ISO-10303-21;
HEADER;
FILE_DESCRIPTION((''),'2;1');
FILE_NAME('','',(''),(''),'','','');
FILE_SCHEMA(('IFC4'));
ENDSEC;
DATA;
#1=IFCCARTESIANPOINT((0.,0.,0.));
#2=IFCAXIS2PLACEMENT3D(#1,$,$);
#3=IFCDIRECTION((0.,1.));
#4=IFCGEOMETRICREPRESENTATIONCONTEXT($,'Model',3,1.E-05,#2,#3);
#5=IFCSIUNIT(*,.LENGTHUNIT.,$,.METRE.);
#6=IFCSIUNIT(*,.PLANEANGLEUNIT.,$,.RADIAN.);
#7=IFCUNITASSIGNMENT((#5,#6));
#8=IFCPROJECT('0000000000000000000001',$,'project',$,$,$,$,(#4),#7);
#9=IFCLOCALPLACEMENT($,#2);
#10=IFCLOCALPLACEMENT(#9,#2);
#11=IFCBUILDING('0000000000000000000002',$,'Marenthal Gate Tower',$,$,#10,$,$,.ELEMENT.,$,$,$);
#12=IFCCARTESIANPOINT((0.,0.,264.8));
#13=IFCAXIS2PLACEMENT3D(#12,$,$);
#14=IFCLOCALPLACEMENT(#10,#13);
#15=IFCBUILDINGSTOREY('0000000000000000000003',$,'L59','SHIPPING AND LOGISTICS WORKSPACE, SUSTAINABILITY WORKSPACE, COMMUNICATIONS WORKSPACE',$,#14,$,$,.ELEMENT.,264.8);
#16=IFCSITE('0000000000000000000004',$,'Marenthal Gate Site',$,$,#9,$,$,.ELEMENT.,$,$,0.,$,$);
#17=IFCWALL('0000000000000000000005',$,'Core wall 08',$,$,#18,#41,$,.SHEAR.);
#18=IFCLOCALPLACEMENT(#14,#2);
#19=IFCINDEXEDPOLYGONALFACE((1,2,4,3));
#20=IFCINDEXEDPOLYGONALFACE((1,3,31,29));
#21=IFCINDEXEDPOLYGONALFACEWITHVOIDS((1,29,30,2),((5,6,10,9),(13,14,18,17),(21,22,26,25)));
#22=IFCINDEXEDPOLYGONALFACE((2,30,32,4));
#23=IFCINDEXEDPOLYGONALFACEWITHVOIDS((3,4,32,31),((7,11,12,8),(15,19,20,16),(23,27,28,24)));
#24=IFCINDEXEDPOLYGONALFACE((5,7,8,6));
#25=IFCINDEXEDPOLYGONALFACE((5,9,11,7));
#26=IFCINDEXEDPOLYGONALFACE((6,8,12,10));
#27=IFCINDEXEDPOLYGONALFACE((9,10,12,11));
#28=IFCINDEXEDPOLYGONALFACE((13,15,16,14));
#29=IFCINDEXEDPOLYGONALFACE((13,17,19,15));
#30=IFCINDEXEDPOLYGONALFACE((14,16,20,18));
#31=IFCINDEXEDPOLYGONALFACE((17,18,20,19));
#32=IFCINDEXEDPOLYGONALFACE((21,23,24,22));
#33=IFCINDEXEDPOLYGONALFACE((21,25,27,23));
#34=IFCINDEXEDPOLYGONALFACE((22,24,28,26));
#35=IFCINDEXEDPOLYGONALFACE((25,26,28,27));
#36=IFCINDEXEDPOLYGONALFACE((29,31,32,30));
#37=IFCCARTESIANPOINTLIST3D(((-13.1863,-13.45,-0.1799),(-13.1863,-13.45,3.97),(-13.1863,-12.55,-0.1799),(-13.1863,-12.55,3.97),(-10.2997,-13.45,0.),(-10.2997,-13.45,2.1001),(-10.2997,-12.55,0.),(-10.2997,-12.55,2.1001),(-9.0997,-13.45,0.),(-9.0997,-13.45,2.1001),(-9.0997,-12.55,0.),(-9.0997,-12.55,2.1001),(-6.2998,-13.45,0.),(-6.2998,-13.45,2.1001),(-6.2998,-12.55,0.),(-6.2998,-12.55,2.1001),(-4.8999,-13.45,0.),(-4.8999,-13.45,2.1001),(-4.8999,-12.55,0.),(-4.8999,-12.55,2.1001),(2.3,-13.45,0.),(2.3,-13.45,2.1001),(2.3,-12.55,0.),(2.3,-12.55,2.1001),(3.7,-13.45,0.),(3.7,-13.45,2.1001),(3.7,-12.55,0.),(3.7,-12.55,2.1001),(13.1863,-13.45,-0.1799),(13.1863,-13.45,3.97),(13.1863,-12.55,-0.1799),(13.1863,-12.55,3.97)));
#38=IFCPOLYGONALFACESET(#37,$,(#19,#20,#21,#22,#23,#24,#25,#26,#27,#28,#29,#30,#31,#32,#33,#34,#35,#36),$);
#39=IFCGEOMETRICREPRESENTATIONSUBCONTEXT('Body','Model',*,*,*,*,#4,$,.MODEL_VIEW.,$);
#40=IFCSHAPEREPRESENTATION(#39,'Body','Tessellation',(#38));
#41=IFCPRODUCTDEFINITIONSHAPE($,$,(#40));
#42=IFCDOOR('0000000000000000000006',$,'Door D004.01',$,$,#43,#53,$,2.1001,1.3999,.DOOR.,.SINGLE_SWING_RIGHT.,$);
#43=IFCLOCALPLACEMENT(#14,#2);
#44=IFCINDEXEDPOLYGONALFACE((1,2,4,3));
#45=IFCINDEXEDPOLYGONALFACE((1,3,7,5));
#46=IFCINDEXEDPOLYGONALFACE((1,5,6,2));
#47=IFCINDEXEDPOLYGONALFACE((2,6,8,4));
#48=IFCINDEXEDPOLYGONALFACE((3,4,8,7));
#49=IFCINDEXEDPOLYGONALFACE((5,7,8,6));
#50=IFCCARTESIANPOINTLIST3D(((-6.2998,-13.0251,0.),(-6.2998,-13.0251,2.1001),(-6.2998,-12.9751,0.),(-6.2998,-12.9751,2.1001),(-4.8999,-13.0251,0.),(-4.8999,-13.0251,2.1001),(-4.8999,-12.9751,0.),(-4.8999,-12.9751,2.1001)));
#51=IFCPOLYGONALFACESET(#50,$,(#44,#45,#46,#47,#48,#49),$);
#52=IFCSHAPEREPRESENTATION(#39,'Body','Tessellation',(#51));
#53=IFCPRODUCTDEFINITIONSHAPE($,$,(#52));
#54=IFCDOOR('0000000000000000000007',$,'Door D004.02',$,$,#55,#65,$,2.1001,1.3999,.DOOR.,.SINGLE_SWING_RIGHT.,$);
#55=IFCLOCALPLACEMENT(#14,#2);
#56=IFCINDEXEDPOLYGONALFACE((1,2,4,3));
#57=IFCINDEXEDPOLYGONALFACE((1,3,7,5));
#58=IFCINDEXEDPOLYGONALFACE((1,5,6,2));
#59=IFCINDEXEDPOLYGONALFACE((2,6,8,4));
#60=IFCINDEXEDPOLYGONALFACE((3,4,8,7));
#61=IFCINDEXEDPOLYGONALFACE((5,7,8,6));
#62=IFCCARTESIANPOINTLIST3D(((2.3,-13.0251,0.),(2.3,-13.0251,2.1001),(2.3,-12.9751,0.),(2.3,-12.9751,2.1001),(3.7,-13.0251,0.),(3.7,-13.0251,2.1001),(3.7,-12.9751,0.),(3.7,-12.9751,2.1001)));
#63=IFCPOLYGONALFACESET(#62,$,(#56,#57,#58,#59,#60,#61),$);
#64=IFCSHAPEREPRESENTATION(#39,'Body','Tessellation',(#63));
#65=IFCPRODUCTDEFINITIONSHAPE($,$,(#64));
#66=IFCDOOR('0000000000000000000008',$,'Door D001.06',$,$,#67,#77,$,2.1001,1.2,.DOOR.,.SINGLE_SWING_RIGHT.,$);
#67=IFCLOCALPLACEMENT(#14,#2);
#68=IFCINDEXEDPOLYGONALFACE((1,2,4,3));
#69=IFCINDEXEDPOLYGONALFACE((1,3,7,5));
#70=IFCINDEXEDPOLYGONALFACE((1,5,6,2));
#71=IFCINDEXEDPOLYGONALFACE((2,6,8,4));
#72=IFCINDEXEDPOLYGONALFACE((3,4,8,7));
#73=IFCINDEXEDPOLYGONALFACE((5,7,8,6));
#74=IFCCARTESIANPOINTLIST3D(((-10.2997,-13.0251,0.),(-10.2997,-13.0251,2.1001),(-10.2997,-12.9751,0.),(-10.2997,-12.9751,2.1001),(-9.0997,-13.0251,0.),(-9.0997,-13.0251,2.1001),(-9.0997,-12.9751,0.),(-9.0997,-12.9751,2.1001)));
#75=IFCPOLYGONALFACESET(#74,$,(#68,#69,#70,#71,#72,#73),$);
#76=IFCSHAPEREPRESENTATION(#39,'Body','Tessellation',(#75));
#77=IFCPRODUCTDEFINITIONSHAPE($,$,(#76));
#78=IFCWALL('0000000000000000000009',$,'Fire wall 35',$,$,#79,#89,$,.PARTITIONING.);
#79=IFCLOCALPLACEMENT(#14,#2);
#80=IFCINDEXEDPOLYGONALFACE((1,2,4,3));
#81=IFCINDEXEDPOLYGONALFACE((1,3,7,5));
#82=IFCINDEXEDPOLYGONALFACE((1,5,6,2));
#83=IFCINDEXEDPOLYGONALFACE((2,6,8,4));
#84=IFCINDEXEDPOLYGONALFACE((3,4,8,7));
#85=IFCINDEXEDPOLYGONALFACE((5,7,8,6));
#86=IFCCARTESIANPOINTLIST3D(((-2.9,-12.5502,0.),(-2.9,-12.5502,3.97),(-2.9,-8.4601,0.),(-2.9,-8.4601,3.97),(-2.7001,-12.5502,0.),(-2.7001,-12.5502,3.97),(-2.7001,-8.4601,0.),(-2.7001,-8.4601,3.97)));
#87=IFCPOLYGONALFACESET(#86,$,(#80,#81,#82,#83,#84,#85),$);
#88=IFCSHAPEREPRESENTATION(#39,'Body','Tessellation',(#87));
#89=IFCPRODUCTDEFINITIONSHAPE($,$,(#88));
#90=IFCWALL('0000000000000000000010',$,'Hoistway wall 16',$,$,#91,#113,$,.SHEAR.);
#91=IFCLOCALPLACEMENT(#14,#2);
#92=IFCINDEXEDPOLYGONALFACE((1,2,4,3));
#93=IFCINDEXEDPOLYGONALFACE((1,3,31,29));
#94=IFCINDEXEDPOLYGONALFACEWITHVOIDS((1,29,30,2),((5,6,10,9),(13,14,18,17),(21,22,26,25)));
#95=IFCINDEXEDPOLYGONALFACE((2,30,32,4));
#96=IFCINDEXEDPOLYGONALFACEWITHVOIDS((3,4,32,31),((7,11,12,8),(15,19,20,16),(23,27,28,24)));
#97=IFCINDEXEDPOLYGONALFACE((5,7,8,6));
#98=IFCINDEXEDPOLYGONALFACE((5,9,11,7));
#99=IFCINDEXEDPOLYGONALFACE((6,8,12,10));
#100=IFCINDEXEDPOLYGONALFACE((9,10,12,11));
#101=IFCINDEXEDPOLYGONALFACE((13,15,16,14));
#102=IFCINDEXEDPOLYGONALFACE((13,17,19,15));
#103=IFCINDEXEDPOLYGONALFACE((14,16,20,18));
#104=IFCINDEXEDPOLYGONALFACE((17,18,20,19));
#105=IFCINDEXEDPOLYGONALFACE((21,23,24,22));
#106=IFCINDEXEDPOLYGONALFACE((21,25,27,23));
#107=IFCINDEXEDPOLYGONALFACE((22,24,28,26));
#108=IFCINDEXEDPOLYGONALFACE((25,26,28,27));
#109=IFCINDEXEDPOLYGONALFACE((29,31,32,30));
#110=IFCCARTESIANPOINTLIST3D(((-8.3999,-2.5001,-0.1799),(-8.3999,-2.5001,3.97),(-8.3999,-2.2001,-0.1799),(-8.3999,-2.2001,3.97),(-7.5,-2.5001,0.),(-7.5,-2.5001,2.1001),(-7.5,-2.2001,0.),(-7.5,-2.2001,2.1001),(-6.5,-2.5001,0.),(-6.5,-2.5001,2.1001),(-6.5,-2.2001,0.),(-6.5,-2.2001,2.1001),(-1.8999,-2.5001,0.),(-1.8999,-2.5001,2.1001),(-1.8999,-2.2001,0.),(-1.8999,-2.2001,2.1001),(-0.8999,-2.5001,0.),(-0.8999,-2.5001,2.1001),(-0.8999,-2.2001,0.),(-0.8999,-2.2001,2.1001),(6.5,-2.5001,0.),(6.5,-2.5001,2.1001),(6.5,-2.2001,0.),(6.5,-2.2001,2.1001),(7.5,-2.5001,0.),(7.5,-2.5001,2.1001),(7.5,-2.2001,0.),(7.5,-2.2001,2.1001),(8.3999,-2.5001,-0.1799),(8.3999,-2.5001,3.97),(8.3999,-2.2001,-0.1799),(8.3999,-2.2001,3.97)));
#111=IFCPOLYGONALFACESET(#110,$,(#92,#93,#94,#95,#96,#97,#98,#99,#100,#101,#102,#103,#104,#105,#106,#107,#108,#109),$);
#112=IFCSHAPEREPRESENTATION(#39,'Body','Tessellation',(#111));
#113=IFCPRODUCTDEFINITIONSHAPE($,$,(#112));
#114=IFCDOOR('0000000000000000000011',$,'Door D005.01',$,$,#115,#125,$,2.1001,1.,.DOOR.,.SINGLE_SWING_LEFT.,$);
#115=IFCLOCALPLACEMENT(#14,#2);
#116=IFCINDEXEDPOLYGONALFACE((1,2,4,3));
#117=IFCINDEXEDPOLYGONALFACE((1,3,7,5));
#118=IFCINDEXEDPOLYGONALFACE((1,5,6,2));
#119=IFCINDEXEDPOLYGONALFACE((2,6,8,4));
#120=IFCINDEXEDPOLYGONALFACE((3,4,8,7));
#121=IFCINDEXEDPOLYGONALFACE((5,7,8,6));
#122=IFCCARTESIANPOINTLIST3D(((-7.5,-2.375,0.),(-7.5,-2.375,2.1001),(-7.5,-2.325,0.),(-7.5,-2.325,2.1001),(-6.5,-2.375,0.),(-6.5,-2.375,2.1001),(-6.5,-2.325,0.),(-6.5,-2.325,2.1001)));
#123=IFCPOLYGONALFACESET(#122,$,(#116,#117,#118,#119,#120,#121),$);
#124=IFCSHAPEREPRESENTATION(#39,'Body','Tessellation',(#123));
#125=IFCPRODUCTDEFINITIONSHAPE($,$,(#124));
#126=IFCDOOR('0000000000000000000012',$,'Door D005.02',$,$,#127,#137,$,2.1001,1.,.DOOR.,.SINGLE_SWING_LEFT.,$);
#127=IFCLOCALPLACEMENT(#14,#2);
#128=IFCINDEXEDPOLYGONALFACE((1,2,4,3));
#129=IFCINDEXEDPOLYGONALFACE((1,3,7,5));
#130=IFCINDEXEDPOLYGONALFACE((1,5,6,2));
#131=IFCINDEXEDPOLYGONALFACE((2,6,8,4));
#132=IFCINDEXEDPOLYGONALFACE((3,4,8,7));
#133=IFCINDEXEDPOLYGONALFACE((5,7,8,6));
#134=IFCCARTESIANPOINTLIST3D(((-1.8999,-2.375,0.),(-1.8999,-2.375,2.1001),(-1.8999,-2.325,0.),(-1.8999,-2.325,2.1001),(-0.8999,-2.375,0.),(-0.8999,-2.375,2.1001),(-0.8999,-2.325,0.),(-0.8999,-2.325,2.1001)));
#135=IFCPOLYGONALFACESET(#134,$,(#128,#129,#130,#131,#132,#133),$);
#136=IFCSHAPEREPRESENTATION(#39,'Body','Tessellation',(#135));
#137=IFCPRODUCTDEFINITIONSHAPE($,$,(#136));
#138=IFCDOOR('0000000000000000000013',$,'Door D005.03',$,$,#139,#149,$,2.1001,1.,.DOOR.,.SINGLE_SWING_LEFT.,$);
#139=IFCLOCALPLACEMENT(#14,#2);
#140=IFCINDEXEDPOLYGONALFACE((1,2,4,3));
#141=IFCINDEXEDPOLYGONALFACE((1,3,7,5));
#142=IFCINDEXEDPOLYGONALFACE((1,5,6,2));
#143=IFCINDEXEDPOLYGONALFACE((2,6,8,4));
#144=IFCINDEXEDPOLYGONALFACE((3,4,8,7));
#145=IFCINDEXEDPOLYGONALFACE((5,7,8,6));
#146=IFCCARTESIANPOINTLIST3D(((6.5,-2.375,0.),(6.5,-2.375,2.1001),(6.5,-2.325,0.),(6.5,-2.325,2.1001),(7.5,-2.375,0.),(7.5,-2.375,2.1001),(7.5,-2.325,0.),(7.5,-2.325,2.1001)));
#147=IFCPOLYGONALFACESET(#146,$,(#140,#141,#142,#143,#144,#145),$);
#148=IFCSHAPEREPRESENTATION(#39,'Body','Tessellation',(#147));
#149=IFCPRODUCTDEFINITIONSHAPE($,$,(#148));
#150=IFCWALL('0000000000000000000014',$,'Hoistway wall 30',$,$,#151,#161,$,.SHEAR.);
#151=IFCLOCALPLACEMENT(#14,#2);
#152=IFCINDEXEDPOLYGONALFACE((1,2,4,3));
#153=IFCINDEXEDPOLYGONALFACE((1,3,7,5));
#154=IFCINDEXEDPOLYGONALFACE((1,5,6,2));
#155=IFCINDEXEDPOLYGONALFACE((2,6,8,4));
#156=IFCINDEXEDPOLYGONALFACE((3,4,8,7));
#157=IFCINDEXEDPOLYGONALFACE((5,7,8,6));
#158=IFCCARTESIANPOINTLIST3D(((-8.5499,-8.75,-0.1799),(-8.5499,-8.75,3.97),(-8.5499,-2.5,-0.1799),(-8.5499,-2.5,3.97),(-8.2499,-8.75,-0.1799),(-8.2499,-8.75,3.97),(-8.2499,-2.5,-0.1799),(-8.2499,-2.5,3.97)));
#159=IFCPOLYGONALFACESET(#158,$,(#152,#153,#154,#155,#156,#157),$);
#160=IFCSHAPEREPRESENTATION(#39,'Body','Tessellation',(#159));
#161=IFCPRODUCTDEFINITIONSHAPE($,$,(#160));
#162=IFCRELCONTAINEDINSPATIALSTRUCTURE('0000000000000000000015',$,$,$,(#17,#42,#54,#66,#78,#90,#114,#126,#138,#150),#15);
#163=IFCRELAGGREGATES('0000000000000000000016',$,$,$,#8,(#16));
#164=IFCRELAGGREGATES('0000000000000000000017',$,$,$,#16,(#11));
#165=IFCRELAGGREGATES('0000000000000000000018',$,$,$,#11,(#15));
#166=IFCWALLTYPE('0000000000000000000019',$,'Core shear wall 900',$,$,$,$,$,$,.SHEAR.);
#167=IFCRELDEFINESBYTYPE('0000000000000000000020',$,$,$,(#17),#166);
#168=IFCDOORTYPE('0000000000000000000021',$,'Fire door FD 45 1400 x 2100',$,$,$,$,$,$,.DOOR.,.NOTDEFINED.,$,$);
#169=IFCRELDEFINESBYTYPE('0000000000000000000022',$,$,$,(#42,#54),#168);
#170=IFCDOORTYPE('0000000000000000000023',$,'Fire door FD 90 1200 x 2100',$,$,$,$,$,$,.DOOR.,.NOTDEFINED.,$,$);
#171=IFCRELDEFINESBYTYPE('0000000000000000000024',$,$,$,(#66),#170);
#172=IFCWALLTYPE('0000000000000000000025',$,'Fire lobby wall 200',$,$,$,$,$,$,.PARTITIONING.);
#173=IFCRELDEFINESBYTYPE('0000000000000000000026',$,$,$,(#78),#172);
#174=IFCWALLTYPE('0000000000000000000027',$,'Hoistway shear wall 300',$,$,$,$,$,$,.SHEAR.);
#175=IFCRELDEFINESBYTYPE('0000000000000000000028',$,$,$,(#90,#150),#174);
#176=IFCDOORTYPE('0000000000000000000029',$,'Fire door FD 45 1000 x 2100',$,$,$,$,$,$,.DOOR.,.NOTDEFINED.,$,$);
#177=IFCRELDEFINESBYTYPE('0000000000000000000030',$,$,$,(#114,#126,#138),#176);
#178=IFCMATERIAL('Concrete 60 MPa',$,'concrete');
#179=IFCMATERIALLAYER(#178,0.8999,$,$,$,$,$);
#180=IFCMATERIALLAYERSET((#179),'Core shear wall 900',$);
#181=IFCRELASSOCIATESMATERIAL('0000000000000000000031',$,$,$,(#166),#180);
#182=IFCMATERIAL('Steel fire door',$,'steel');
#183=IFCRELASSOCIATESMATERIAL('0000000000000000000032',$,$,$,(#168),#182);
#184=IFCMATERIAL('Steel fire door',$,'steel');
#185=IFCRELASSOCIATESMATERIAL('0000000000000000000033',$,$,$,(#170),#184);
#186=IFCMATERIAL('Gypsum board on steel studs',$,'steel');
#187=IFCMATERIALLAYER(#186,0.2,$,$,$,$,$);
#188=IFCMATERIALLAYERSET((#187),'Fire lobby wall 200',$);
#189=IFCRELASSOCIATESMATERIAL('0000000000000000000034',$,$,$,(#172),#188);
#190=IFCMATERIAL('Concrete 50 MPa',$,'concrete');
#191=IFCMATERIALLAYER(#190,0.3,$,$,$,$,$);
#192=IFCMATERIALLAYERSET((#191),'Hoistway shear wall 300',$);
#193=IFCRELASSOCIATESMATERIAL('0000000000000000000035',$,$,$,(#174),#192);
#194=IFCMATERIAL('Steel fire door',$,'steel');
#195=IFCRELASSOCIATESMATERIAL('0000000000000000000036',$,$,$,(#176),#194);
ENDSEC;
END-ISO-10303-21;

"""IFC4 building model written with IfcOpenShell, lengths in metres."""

from ifc_helpers import new_model, si_unit, direction, frame, frame_2d, origin, place, context, subcontext, project, spatial, rectangle, extrude, material, layer, layer_set, type_object, element, fill, save


model = new_model("IFC4")

# Units and contexts
model_context = context("Model", 3, precision=1e-05, world=origin(), true_north=direction((0.0, 1.0)))
body_context = subcontext(model_context, "Body", "Model", "MODEL_VIEW")
ifc_project = project(units=[si_unit("LENGTHUNIT", "METRE"), si_unit("PLANEANGLEUNIT", "RADIAN")], contexts=[model_context])

# Site, building, storey
site_placement = place(None, origin())
site = spatial("IfcSite", under=ifc_project, at=site_placement, Name="Marenthal Gate Site", CompositionType="ELEMENT", RefElevation=0.0)
building_placement = place(site_placement, origin())
building = spatial("IfcBuilding", under=site, at=building_placement, Name="Marenthal Gate Tower", CompositionType="ELEMENT")
storey_placement = place(building_placement, frame((0.0, 0.0, 264.8)))
storey = spatial("IfcBuildingStorey", under=building, at=storey_placement, Name="L59", Description="SHIPPING AND LOGISTICS WORKSPACE, SUSTAINABILITY WORKSPACE, COMMUNICATIONS WORKSPACE", CompositionType="ELEMENT", Elevation=264.8)

# Wall, openings, doors
ifc_material_1 = material(Name="Concrete 60 MPa", Category="concrete")
ifc_layer_1 = layer(ifc_material_1, 0.8999)
ifc_layer_set_1 = layer_set([ifc_layer_1], Name="Core shear wall 900")
wall_type_1 = type_object("IfcWallType", Name="Core shear wall 900", PredefinedType="SHEAR", material=ifc_layer_set_1)
wall_1_placement = place(storey_placement, frame((-13.1863, -13.0, -0.1799), z_axis=(0.0, 0.0, 1.0), x_axis=(1.0, 0.0, 0.0)))
wall_1 = element("IfcWall", 1, at=wall_1_placement, inside=storey, type_object=wall_type_1, Name="Core wall 08", PredefinedType="SHEAR", context=body_context, shape_type="SweptSolid", body=[
    extrude(rectangle(XDim=26.3726, YDim=0.8999, at=frame_2d((13.1863, 0.0))), origin(), (0.0, 0.0, 1.0), 4.1499),
])
opening_1_placement = place(wall_1_placement, frame((2.8865, 0.0, 0.1799)))
opening_1 = element("IfcOpeningElement", 2, at=opening_1_placement, cuts=wall_1, PredefinedType="OPENING", context=body_context, shape_type="SweptSolid", body=[
    extrude(rectangle(XDim=1.2, YDim=2.1001, at=frame_2d((0.6001, 1.05))), frame((0.0, 0.46, 0.0), z_axis=(0.0, -1.0, 0.0), x_axis=(1.0, 0.0, 0.0)), (0.0, 0.0, 1.0), 0.9199),
])
opening_2_placement = place(wall_1_placement, frame((6.8865, 0.0, 0.1799)))
opening_2 = element("IfcOpeningElement", 3, at=opening_2_placement, cuts=wall_1, PredefinedType="OPENING", context=body_context, shape_type="SweptSolid", body=[
    extrude(rectangle(XDim=1.3999, YDim=2.1001, at=frame_2d((0.7, 1.05))), frame((0.0, 0.46, 0.0), z_axis=(0.0, -1.0, 0.0), x_axis=(1.0, 0.0, 0.0)), (0.0, 0.0, 1.0), 0.9199),
])
opening_3_placement = place(wall_1_placement, frame((15.4863, 0.0, 0.1799)))
opening_3 = element("IfcOpeningElement", 4, at=opening_3_placement, cuts=wall_1, PredefinedType="OPENING", context=body_context, shape_type="SweptSolid", body=[
    extrude(rectangle(XDim=1.3999, YDim=2.1001, at=frame_2d((0.7, 1.05))), frame((0.0, 0.46, 0.0), z_axis=(0.0, -1.0, 0.0), x_axis=(1.0, 0.0, 0.0)), (0.0, 0.0, 1.0), 0.9199),
])
ifc_material_2 = material(Name="Steel fire door", Category="steel")
door_type_1 = type_object("IfcDoorType", Name="Fire door FD 45 1400 x 2100", OperationType="NOTDEFINED", PredefinedType="DOOR", material=ifc_material_2)
door_1_placement = place(opening_2_placement, origin())
door_1 = element("IfcDoor", 5, at=door_1_placement, inside=storey, type_object=door_type_1, Name="Door D004.01", OperationType="SINGLE_SWING_RIGHT", OverallHeight=2.1001, OverallWidth=1.3999, PredefinedType="DOOR", context=body_context, shape_type="SweptSolid", body=[
    extrude(rectangle(XDim=1.3999, YDim=2.1001, at=frame_2d((0.7, 1.05))), frame((0.0, 0.0249, 0.0), z_axis=(0.0, -1.0, 0.0), x_axis=(1.0, 0.0, 0.0)), (0.0, 0.0, 1.0), 0.05),
])
fill(opening_2, door_1)
door_2_placement = place(opening_3_placement, origin())
door_2 = element("IfcDoor", 6, at=door_2_placement, inside=storey, type_object=door_type_1, Name="Door D004.02", OperationType="SINGLE_SWING_RIGHT", OverallHeight=2.1001, OverallWidth=1.3999, PredefinedType="DOOR", context=body_context, shape_type="SweptSolid", body=[
    extrude(rectangle(XDim=1.3999, YDim=2.1001, at=frame_2d((0.7, 1.05))), frame((0.0, 0.0249, 0.0), z_axis=(0.0, -1.0, 0.0), x_axis=(1.0, 0.0, 0.0)), (0.0, 0.0, 1.0), 0.05),
])
fill(opening_3, door_2)
ifc_material_3 = material(Name="Steel fire door", Category="steel")
door_type_2 = type_object("IfcDoorType", Name="Fire door FD 90 1200 x 2100", OperationType="NOTDEFINED", PredefinedType="DOOR", material=ifc_material_3)
door_3_placement = place(opening_1_placement, origin())
door_3 = element("IfcDoor", 7, at=door_3_placement, inside=storey, type_object=door_type_2, Name="Door D001.06", OperationType="SINGLE_SWING_RIGHT", OverallHeight=2.1001, OverallWidth=1.2, PredefinedType="DOOR", context=body_context, shape_type="SweptSolid", body=[
    extrude(rectangle(XDim=1.2, YDim=2.1001, at=frame_2d((0.6001, 1.05))), frame((0.0, 0.0249, 0.0), z_axis=(0.0, -1.0, 0.0), x_axis=(1.0, 0.0, 0.0)), (0.0, 0.0, 1.0), 0.05),
])
fill(opening_1, door_3)

# Wall
ifc_material_4 = material(Name="Gypsum board on steel studs", Category="steel")
ifc_layer_2 = layer(ifc_material_4, 0.2)
ifc_layer_set_2 = layer_set([ifc_layer_2], Name="Fire lobby wall 200")
wall_type_2 = type_object("IfcWallType", Name="Fire lobby wall 200", PredefinedType="PARTITIONING", material=ifc_layer_set_2)
wall_2_placement = place(storey_placement, frame((-2.8, -12.55, 0.0), z_axis=(0.0, 0.0, 1.0), x_axis=(0.0, 1.0, 0.0)))
element("IfcWall", 8, at=wall_2_placement, inside=storey, type_object=wall_type_2, Name="Fire wall 35", PredefinedType="PARTITIONING", context=body_context, shape_type="SweptSolid", body=[
    extrude(rectangle(XDim=4.0901, YDim=0.2, at=frame_2d((2.0449, 0.0))), origin(), (0.0, 0.0, 1.0), 3.97),
])

# Wall, openings, doors
ifc_material_5 = material(Name="Concrete 50 MPa", Category="concrete")
ifc_layer_3 = layer(ifc_material_5, 0.3)
ifc_layer_set_3 = layer_set([ifc_layer_3], Name="Hoistway shear wall 300")
wall_type_3 = type_object("IfcWallType", Name="Hoistway shear wall 300", PredefinedType="SHEAR", material=ifc_layer_set_3)
wall_3_placement = place(storey_placement, frame((-8.3999, -2.3501, -0.1799), z_axis=(0.0, 0.0, 1.0), x_axis=(1.0, 0.0, 0.0)))
wall_3 = element("IfcWall", 9, at=wall_3_placement, inside=storey, type_object=wall_type_3, Name="Hoistway wall 16", PredefinedType="SHEAR", context=body_context, shape_type="SweptSolid", body=[
    extrude(rectangle(XDim=16.7998, YDim=0.3, at=frame_2d((8.3999, 0.0))), origin(), (0.0, 0.0, 1.0), 4.1499),
])
opening_4_placement = place(wall_3_placement, frame((0.8999, 0.0, 0.1799)))
opening_4 = element("IfcOpeningElement", 10, at=opening_4_placement, cuts=wall_3, PredefinedType="OPENING", context=body_context, shape_type="SweptSolid", body=[
    extrude(rectangle(XDim=1.0, YDim=2.1001, at=frame_2d((0.5, 1.05))), frame((0.0, 0.1602, 0.0), z_axis=(0.0, -1.0, 0.0), x_axis=(1.0, 0.0, 0.0)), (0.0, 0.0, 1.0), 0.3201),
])
opening_5_placement = place(wall_3_placement, frame((6.5, 0.0, 0.1799)))
opening_5 = element("IfcOpeningElement", 11, at=opening_5_placement, cuts=wall_3, PredefinedType="OPENING", context=body_context, shape_type="SweptSolid", body=[
    extrude(rectangle(XDim=1.0, YDim=2.1001, at=frame_2d((0.5, 1.05))), frame((0.0, 0.1602, 0.0), z_axis=(0.0, -1.0, 0.0), x_axis=(1.0, 0.0, 0.0)), (0.0, 0.0, 1.0), 0.3201),
])
opening_6_placement = place(wall_3_placement, frame((14.8999, 0.0, 0.1799)))
opening_6 = element("IfcOpeningElement", 12, at=opening_6_placement, cuts=wall_3, PredefinedType="OPENING", context=body_context, shape_type="SweptSolid", body=[
    extrude(rectangle(XDim=1.0, YDim=2.1001, at=frame_2d((0.5, 1.05))), frame((0.0, 0.1602, 0.0), z_axis=(0.0, -1.0, 0.0), x_axis=(1.0, 0.0, 0.0)), (0.0, 0.0, 1.0), 0.3201),
])
ifc_material_6 = material(Name="Steel fire door", Category="steel")
door_type_3 = type_object("IfcDoorType", Name="Fire door FD 45 1000 x 2100", OperationType="NOTDEFINED", PredefinedType="DOOR", material=ifc_material_6)
door_4_placement = place(opening_4_placement, frame((1.0, 0.0, 0.0), z_axis=(0.0, 0.0, 1.0), x_axis=(-1.0, 0.0, 0.0)))
door_4 = element("IfcDoor", 13, at=door_4_placement, inside=storey, type_object=door_type_3, Name="Door D005.01", OperationType="SINGLE_SWING_LEFT", OverallHeight=2.1001, OverallWidth=1.0, PredefinedType="DOOR", context=body_context, shape_type="SweptSolid", body=[
    extrude(rectangle(XDim=1.0, YDim=2.1001, at=frame_2d((0.5, 1.05))), frame((0.0, 0.0249, 0.0), z_axis=(0.0, -1.0, 0.0), x_axis=(1.0, 0.0, 0.0)), (0.0, 0.0, 1.0), 0.05),
])
fill(opening_4, door_4)
door_5_placement = place(opening_5_placement, frame((1.0, 0.0, 0.0), z_axis=(0.0, 0.0, 1.0), x_axis=(-1.0, 0.0, 0.0)))
door_5 = element("IfcDoor", 14, at=door_5_placement, inside=storey, type_object=door_type_3, Name="Door D005.02", OperationType="SINGLE_SWING_LEFT", OverallHeight=2.1001, OverallWidth=1.0, PredefinedType="DOOR", context=body_context, shape_type="SweptSolid", body=[
    extrude(rectangle(XDim=1.0, YDim=2.1001, at=frame_2d((0.5, 1.05))), frame((0.0, 0.0249, 0.0), z_axis=(0.0, -1.0, 0.0), x_axis=(1.0, 0.0, 0.0)), (0.0, 0.0, 1.0), 0.05),
])
fill(opening_5, door_5)
door_6_placement = place(opening_6_placement, frame((1.0, 0.0, 0.0), z_axis=(0.0, 0.0, 1.0), x_axis=(-1.0, 0.0, 0.0)))
door_6 = element("IfcDoor", 15, at=door_6_placement, inside=storey, type_object=door_type_3, Name="Door D005.03", OperationType="SINGLE_SWING_LEFT", OverallHeight=2.1001, OverallWidth=1.0, PredefinedType="DOOR", context=body_context, shape_type="SweptSolid", body=[
    extrude(rectangle(XDim=1.0, YDim=2.1001, at=frame_2d((0.5, 1.05))), frame((0.0, 0.0249, 0.0), z_axis=(0.0, -1.0, 0.0), x_axis=(1.0, 0.0, 0.0)), (0.0, 0.0, 1.0), 0.05),
])
fill(opening_6, door_6)

# Wall
wall_4_placement = place(storey_placement, frame((-8.3999, -8.75, -0.1799), z_axis=(0.0, 0.0, 1.0), x_axis=(0.0, 1.0, 0.0)))
element("IfcWall", 16, at=wall_4_placement, inside=storey, type_object=wall_type_3, Name="Hoistway wall 30", PredefinedType="SHEAR", context=body_context, shape_type="SweptSolid", body=[
    extrude(rectangle(XDim=6.25, YDim=0.3, at=frame_2d((3.125, 0.0))), origin(), (0.0, 0.0, 1.0), 4.1499),
])

save(model, "model.ifc")
